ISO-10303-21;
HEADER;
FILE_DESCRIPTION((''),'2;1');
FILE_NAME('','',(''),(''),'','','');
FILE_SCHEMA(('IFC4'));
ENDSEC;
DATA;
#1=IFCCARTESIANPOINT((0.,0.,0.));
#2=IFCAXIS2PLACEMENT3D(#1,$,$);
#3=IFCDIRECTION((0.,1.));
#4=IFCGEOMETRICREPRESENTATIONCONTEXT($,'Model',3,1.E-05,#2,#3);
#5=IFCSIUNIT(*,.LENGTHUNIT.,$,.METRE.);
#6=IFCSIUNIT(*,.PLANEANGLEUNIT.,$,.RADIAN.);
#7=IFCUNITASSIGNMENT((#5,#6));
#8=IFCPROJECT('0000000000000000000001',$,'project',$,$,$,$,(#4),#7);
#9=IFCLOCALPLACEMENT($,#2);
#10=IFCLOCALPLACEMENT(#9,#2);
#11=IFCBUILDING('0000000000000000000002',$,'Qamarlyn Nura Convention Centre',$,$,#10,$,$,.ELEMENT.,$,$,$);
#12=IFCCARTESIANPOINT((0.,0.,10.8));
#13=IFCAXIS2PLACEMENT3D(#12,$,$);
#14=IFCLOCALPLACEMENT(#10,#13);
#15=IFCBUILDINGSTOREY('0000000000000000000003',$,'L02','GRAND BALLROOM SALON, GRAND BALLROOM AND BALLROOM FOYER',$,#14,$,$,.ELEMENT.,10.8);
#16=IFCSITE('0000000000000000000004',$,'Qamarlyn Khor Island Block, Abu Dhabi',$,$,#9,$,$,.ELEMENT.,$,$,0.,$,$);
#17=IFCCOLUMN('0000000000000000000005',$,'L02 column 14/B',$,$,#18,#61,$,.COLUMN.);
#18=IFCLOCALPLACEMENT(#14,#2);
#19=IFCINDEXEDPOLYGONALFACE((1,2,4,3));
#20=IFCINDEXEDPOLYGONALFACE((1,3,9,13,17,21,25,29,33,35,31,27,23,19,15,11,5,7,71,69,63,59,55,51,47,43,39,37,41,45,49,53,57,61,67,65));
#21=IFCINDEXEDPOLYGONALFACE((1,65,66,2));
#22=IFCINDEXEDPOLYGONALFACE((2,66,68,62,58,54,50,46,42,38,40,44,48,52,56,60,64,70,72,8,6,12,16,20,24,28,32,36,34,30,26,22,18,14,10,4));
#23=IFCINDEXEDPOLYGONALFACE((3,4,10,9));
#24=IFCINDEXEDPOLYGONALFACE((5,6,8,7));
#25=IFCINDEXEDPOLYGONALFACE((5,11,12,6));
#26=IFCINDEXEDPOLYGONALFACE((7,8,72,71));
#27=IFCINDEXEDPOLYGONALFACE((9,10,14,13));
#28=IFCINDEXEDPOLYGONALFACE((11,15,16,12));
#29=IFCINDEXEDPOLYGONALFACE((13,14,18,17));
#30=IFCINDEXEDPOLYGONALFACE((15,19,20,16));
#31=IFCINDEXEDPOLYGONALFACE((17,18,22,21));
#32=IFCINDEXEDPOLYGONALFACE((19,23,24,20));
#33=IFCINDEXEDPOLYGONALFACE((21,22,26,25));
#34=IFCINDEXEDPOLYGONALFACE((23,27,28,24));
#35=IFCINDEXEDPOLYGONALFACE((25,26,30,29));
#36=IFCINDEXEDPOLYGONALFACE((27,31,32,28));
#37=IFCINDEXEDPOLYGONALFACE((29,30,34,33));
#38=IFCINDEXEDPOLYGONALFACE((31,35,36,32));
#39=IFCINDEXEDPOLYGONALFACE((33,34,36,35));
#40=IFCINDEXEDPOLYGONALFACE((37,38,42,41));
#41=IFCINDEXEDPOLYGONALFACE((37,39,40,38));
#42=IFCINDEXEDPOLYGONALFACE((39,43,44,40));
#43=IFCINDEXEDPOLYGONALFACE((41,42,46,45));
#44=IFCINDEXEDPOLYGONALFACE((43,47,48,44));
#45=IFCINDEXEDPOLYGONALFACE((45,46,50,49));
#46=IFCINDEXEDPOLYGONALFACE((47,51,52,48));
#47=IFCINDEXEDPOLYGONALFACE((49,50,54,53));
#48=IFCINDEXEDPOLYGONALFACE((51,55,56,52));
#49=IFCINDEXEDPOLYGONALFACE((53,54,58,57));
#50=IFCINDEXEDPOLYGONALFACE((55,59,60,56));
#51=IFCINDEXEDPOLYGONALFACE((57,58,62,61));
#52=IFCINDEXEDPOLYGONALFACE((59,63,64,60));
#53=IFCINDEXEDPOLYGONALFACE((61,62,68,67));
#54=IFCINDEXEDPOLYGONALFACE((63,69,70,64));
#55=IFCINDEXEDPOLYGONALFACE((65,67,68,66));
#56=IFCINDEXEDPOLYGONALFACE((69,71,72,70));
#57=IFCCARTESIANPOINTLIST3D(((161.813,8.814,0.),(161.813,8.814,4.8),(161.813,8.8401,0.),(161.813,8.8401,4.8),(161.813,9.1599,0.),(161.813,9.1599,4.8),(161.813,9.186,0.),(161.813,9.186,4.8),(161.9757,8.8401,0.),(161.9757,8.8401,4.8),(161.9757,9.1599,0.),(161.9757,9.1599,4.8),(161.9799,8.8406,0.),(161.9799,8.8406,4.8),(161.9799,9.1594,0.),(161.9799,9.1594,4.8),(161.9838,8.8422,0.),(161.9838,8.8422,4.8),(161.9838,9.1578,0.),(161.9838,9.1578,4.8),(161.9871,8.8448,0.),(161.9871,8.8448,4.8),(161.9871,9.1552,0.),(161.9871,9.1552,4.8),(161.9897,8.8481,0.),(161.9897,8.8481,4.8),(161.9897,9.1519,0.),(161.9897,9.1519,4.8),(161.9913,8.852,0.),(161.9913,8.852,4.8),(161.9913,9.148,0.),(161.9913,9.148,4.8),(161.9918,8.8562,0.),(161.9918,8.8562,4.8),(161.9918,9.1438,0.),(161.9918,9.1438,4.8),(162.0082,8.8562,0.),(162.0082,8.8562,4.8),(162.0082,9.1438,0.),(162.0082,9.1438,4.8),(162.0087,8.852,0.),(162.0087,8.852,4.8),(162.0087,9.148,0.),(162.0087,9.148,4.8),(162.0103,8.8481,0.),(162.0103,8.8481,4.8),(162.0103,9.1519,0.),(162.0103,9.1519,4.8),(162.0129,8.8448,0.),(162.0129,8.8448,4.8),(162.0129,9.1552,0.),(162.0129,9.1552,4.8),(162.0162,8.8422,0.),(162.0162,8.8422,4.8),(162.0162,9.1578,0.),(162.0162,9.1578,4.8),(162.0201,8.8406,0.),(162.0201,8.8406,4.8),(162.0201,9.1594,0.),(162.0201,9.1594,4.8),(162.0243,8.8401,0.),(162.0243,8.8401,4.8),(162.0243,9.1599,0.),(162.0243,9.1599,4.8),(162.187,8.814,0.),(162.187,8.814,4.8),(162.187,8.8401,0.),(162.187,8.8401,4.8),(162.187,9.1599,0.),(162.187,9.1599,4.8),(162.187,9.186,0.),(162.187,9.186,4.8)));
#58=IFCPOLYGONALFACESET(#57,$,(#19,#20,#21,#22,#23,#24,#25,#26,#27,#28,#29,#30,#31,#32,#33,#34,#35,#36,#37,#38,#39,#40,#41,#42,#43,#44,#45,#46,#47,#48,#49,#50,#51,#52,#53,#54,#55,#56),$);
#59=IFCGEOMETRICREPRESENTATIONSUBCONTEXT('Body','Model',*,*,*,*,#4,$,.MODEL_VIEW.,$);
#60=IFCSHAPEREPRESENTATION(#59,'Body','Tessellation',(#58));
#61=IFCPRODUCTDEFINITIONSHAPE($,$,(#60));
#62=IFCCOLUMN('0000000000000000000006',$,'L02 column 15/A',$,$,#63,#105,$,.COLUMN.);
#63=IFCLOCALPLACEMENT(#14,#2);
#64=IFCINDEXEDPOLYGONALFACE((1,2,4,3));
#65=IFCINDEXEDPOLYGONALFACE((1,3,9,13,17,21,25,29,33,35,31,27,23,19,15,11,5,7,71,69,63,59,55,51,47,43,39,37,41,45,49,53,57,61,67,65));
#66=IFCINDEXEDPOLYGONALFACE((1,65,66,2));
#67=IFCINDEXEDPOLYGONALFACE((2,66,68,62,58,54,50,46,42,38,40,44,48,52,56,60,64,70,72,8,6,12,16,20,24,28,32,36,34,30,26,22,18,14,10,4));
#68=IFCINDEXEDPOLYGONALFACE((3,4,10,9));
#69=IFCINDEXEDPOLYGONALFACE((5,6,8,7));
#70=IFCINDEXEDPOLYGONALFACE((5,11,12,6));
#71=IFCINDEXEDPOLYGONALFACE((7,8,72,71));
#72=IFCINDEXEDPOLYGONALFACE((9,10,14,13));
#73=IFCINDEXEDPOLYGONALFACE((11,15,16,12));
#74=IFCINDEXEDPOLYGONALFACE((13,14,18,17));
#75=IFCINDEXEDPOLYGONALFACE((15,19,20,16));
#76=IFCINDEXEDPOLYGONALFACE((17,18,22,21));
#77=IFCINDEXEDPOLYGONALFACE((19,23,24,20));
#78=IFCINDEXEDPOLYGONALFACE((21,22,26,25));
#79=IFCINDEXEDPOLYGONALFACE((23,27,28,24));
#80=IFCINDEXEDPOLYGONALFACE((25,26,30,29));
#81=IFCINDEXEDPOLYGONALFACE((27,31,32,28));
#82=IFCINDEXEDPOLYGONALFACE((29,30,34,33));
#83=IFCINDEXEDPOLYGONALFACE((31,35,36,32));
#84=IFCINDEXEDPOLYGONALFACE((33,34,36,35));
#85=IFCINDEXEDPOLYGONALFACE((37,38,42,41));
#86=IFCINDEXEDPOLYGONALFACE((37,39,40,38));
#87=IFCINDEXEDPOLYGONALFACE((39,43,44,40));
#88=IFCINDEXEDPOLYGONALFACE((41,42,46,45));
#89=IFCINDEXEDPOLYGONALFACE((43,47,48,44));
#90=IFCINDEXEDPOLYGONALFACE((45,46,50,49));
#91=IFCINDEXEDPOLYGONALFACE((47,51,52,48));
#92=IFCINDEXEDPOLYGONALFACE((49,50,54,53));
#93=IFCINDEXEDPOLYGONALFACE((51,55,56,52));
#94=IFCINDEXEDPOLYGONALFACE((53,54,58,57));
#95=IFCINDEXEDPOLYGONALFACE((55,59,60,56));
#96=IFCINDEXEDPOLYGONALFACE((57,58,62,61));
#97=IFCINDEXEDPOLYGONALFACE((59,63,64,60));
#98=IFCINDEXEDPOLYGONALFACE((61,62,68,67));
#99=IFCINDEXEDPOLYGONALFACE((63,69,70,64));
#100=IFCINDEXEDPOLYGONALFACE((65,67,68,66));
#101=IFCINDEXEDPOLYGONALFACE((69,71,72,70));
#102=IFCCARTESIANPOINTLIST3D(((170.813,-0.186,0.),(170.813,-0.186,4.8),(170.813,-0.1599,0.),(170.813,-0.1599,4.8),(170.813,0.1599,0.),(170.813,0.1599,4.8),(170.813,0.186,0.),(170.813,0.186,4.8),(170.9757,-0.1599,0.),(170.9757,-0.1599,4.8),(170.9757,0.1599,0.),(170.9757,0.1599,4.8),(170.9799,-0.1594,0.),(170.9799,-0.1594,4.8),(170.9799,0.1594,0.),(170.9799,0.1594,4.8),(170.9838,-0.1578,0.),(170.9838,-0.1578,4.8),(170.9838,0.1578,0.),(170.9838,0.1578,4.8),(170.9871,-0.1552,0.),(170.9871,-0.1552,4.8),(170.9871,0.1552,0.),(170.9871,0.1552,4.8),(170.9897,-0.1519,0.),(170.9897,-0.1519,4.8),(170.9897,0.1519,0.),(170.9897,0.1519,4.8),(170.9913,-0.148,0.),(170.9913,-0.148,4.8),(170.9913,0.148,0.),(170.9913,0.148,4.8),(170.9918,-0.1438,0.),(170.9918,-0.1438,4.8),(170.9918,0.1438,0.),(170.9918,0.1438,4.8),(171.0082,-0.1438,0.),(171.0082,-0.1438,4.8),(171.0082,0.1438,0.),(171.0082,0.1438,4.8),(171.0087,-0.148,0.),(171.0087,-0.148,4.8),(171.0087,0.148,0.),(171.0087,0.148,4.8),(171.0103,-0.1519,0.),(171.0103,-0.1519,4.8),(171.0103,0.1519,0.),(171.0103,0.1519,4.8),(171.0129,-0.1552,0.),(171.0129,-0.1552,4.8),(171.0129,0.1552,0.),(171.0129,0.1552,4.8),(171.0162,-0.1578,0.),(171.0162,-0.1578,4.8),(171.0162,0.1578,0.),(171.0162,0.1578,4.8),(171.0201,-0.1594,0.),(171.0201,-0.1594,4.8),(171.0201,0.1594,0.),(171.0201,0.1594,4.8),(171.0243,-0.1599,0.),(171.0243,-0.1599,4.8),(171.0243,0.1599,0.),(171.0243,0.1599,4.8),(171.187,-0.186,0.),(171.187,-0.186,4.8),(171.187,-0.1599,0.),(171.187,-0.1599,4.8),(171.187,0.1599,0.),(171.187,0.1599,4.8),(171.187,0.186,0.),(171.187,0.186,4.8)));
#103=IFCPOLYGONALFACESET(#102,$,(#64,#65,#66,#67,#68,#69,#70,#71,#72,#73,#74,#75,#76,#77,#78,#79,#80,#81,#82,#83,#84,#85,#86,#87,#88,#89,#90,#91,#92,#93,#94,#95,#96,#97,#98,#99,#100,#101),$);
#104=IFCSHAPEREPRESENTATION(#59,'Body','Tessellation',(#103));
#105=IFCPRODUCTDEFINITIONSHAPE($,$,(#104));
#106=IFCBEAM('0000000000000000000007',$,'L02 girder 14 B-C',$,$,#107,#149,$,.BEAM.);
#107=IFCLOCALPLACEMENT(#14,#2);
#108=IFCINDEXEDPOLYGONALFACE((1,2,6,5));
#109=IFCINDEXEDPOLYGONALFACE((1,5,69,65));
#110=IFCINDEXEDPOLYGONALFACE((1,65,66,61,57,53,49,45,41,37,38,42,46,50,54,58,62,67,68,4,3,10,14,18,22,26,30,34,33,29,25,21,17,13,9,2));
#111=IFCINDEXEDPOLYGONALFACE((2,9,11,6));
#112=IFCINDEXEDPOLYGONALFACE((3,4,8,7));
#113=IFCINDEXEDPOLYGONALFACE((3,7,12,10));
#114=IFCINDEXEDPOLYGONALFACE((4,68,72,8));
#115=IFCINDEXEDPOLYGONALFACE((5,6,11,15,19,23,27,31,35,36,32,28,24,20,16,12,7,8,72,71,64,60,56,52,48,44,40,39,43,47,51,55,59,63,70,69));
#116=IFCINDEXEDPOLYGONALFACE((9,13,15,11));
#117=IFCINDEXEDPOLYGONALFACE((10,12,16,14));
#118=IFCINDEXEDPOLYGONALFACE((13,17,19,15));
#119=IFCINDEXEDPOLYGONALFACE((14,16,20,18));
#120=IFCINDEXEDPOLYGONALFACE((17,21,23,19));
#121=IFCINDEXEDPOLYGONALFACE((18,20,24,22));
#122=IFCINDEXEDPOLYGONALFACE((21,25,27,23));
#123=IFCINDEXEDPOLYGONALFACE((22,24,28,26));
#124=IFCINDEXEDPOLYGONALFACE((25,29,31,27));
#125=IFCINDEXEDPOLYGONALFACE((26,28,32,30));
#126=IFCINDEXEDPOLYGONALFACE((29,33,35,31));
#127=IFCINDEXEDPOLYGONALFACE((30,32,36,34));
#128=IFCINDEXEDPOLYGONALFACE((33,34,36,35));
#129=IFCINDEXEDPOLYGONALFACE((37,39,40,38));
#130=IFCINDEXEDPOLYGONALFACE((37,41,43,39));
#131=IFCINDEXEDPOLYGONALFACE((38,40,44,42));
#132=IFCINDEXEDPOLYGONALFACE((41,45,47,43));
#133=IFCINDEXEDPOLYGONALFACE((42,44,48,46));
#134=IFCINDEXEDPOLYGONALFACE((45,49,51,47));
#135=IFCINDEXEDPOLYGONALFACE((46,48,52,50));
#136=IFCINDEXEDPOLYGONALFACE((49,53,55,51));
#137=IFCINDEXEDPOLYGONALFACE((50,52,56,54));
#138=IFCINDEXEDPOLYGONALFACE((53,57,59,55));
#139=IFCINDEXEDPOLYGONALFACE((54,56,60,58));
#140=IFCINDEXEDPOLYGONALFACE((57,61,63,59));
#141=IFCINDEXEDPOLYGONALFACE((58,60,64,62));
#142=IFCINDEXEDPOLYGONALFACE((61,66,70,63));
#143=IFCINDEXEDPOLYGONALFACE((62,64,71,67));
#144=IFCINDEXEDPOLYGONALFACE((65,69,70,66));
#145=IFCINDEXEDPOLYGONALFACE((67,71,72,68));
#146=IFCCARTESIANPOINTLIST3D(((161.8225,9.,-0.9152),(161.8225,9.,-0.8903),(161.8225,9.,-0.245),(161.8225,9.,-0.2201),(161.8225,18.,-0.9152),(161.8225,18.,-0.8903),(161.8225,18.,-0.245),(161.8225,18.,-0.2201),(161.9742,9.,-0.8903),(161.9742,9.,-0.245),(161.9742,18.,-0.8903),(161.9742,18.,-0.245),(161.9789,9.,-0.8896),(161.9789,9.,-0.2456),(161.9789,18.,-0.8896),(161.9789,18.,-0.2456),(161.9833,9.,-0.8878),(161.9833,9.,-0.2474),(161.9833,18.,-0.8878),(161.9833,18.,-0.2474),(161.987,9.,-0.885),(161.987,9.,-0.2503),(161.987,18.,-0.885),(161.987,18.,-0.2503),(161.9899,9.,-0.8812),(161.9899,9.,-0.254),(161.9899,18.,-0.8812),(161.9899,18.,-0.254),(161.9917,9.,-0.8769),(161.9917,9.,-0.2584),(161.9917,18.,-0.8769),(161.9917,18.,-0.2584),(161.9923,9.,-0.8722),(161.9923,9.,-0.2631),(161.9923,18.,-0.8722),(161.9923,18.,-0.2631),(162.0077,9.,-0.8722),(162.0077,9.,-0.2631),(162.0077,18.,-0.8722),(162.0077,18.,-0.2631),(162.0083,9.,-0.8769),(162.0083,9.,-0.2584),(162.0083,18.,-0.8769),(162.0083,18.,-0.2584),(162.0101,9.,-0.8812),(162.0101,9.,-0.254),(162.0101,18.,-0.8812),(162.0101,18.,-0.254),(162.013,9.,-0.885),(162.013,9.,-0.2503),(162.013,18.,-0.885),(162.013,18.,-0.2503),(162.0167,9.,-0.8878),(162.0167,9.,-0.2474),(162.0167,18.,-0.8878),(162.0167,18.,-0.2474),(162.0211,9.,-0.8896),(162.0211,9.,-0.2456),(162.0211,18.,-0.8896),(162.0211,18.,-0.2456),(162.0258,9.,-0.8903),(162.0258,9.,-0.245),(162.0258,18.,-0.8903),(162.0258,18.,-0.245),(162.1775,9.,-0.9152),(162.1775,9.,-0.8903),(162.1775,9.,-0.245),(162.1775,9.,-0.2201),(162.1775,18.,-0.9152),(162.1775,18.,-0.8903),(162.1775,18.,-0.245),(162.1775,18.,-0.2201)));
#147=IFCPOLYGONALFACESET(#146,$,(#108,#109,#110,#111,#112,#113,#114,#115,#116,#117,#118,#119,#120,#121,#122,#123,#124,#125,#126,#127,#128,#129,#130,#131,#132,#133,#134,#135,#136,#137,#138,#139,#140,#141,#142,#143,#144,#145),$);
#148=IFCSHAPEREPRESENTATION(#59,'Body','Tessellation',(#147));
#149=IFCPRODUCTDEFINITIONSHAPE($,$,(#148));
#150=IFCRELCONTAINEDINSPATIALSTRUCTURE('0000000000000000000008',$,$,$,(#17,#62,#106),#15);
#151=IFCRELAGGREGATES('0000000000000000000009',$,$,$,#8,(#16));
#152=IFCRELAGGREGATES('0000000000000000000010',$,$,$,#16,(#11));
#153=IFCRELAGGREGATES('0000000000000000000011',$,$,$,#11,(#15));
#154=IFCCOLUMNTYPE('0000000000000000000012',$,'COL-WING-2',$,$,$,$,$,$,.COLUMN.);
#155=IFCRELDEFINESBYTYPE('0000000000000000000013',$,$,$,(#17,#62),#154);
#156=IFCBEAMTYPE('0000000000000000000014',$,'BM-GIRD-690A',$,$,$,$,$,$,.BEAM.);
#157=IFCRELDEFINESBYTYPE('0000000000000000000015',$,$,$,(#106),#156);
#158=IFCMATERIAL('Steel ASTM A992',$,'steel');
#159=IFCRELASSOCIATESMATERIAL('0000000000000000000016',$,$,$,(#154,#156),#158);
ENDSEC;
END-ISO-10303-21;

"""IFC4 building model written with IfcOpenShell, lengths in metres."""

from ifc_helpers import new_model, si_unit, direction, frame, origin, origin_2d, place, context, subcontext, project, spatial, i_section, extrude, material, material_profile, profile_set, type_object, element, save


model = new_model("IFC4")

# Units and contexts
model_context = context("Model", 3, precision=1e-05, world=origin(), true_north=direction((0.0, 1.0)))
body_context = subcontext(model_context, "Body", "Model", "MODEL_VIEW")
ifc_project = project(units=[si_unit("LENGTHUNIT", "METRE"), si_unit("PLANEANGLEUNIT", "RADIAN")], contexts=[model_context])

# Site, building, storey
site_placement = place(None, origin())
site = spatial("IfcSite", under=ifc_project, at=site_placement, Name="Qamarlyn Khor Island Block, Abu Dhabi", CompositionType="ELEMENT", RefElevation=0.0)
building_placement = place(site_placement, origin())
building = spatial("IfcBuilding", under=site, at=building_placement, Name="Qamarlyn Nura Convention Centre", CompositionType="ELEMENT")
storey_placement = place(building_placement, frame((0.0, 0.0, 10.8)))
storey = spatial("IfcBuildingStorey", under=building, at=storey_placement, Name="L02", Description="GRAND BALLROOM SALON, GRAND BALLROOM AND BALLROOM FOYER", CompositionType="ELEMENT", Elevation=10.8)

# Columns
ifc_material_1 = material(Name="Steel ASTM A992", Category="steel")
ifc_material_profile_1 = material_profile(ifc_material_1, i_section(OverallWidth=0.374, OverallDepth=0.3721, WebThickness=0.0164, FlangeThickness=0.0261, FilletRadius=0.0161, at=origin_2d()), Name="W360X196")
ifc_profile_set_1 = profile_set([ifc_material_profile_1], Name="Steel ASTM A992")
column_type = type_object("IfcColumnType", Name="COL-WING-2", PredefinedType="COLUMN", material=ifc_profile_set_1)
for number, where, z_axis, x_axis, name in (
    (1, (162.0, 9.0, 0.0), (0.0, 0.0, 1.0), (1.0, 0.0, 0.0), "L02 column 14/B"),
    (2, (171.0, 0.0, 0.0), (0.0, 0.0, 1.0), (1.0, 0.0, 0.0), "L02 column 15/A"),
):
    element("IfcColumn", number, at=place(storey_placement, frame(where, z_axis=z_axis, x_axis=x_axis)), inside=storey, type_object=column_type, Name=name, PredefinedType="COLUMN", context=body_context, shape_type="SweptSolid", body=[
        extrude(i_section(OverallWidth=0.374, OverallDepth=0.3721, WebThickness=0.0164, FlangeThickness=0.0261, FilletRadius=0.0161, at=origin_2d()), origin(), (0.0, 0.0, 1.0), 4.8),
    ])

# Beam
ifc_material_profile_2 = material_profile(ifc_material_1, i_section(OverallWidth=0.355, OverallDepth=0.6951, WebThickness=0.0154, FlangeThickness=0.0249, FilletRadius=0.0181, at=origin_2d()), Name="W690X217")
ifc_profile_set_2 = profile_set([ifc_material_profile_2], Name="Steel ASTM A992")
beam_type_1 = type_object("IfcBeamType", Name="BM-GIRD-690A", PredefinedType="BEAM", material=ifc_profile_set_2)
beam_1_placement = place(storey_placement, frame((162.0, 9.0, -0.5676), z_axis=(0.0, 1.0, 0.0), x_axis=(-1.0, 0.0, 0.0)))
element("IfcBeam", 3, at=beam_1_placement, inside=storey, type_object=beam_type_1, Name="L02 girder 14 B-C", PredefinedType="BEAM", context=body_context, shape_type="SweptSolid", body=[
    extrude(i_section(OverallWidth=0.355, OverallDepth=0.6951, WebThickness=0.0154, FlangeThickness=0.0249, FilletRadius=0.0181, at=origin_2d()), origin(), (0.0, 0.0, 1.0), 9.0),
])

save(model, "model.ifc")
